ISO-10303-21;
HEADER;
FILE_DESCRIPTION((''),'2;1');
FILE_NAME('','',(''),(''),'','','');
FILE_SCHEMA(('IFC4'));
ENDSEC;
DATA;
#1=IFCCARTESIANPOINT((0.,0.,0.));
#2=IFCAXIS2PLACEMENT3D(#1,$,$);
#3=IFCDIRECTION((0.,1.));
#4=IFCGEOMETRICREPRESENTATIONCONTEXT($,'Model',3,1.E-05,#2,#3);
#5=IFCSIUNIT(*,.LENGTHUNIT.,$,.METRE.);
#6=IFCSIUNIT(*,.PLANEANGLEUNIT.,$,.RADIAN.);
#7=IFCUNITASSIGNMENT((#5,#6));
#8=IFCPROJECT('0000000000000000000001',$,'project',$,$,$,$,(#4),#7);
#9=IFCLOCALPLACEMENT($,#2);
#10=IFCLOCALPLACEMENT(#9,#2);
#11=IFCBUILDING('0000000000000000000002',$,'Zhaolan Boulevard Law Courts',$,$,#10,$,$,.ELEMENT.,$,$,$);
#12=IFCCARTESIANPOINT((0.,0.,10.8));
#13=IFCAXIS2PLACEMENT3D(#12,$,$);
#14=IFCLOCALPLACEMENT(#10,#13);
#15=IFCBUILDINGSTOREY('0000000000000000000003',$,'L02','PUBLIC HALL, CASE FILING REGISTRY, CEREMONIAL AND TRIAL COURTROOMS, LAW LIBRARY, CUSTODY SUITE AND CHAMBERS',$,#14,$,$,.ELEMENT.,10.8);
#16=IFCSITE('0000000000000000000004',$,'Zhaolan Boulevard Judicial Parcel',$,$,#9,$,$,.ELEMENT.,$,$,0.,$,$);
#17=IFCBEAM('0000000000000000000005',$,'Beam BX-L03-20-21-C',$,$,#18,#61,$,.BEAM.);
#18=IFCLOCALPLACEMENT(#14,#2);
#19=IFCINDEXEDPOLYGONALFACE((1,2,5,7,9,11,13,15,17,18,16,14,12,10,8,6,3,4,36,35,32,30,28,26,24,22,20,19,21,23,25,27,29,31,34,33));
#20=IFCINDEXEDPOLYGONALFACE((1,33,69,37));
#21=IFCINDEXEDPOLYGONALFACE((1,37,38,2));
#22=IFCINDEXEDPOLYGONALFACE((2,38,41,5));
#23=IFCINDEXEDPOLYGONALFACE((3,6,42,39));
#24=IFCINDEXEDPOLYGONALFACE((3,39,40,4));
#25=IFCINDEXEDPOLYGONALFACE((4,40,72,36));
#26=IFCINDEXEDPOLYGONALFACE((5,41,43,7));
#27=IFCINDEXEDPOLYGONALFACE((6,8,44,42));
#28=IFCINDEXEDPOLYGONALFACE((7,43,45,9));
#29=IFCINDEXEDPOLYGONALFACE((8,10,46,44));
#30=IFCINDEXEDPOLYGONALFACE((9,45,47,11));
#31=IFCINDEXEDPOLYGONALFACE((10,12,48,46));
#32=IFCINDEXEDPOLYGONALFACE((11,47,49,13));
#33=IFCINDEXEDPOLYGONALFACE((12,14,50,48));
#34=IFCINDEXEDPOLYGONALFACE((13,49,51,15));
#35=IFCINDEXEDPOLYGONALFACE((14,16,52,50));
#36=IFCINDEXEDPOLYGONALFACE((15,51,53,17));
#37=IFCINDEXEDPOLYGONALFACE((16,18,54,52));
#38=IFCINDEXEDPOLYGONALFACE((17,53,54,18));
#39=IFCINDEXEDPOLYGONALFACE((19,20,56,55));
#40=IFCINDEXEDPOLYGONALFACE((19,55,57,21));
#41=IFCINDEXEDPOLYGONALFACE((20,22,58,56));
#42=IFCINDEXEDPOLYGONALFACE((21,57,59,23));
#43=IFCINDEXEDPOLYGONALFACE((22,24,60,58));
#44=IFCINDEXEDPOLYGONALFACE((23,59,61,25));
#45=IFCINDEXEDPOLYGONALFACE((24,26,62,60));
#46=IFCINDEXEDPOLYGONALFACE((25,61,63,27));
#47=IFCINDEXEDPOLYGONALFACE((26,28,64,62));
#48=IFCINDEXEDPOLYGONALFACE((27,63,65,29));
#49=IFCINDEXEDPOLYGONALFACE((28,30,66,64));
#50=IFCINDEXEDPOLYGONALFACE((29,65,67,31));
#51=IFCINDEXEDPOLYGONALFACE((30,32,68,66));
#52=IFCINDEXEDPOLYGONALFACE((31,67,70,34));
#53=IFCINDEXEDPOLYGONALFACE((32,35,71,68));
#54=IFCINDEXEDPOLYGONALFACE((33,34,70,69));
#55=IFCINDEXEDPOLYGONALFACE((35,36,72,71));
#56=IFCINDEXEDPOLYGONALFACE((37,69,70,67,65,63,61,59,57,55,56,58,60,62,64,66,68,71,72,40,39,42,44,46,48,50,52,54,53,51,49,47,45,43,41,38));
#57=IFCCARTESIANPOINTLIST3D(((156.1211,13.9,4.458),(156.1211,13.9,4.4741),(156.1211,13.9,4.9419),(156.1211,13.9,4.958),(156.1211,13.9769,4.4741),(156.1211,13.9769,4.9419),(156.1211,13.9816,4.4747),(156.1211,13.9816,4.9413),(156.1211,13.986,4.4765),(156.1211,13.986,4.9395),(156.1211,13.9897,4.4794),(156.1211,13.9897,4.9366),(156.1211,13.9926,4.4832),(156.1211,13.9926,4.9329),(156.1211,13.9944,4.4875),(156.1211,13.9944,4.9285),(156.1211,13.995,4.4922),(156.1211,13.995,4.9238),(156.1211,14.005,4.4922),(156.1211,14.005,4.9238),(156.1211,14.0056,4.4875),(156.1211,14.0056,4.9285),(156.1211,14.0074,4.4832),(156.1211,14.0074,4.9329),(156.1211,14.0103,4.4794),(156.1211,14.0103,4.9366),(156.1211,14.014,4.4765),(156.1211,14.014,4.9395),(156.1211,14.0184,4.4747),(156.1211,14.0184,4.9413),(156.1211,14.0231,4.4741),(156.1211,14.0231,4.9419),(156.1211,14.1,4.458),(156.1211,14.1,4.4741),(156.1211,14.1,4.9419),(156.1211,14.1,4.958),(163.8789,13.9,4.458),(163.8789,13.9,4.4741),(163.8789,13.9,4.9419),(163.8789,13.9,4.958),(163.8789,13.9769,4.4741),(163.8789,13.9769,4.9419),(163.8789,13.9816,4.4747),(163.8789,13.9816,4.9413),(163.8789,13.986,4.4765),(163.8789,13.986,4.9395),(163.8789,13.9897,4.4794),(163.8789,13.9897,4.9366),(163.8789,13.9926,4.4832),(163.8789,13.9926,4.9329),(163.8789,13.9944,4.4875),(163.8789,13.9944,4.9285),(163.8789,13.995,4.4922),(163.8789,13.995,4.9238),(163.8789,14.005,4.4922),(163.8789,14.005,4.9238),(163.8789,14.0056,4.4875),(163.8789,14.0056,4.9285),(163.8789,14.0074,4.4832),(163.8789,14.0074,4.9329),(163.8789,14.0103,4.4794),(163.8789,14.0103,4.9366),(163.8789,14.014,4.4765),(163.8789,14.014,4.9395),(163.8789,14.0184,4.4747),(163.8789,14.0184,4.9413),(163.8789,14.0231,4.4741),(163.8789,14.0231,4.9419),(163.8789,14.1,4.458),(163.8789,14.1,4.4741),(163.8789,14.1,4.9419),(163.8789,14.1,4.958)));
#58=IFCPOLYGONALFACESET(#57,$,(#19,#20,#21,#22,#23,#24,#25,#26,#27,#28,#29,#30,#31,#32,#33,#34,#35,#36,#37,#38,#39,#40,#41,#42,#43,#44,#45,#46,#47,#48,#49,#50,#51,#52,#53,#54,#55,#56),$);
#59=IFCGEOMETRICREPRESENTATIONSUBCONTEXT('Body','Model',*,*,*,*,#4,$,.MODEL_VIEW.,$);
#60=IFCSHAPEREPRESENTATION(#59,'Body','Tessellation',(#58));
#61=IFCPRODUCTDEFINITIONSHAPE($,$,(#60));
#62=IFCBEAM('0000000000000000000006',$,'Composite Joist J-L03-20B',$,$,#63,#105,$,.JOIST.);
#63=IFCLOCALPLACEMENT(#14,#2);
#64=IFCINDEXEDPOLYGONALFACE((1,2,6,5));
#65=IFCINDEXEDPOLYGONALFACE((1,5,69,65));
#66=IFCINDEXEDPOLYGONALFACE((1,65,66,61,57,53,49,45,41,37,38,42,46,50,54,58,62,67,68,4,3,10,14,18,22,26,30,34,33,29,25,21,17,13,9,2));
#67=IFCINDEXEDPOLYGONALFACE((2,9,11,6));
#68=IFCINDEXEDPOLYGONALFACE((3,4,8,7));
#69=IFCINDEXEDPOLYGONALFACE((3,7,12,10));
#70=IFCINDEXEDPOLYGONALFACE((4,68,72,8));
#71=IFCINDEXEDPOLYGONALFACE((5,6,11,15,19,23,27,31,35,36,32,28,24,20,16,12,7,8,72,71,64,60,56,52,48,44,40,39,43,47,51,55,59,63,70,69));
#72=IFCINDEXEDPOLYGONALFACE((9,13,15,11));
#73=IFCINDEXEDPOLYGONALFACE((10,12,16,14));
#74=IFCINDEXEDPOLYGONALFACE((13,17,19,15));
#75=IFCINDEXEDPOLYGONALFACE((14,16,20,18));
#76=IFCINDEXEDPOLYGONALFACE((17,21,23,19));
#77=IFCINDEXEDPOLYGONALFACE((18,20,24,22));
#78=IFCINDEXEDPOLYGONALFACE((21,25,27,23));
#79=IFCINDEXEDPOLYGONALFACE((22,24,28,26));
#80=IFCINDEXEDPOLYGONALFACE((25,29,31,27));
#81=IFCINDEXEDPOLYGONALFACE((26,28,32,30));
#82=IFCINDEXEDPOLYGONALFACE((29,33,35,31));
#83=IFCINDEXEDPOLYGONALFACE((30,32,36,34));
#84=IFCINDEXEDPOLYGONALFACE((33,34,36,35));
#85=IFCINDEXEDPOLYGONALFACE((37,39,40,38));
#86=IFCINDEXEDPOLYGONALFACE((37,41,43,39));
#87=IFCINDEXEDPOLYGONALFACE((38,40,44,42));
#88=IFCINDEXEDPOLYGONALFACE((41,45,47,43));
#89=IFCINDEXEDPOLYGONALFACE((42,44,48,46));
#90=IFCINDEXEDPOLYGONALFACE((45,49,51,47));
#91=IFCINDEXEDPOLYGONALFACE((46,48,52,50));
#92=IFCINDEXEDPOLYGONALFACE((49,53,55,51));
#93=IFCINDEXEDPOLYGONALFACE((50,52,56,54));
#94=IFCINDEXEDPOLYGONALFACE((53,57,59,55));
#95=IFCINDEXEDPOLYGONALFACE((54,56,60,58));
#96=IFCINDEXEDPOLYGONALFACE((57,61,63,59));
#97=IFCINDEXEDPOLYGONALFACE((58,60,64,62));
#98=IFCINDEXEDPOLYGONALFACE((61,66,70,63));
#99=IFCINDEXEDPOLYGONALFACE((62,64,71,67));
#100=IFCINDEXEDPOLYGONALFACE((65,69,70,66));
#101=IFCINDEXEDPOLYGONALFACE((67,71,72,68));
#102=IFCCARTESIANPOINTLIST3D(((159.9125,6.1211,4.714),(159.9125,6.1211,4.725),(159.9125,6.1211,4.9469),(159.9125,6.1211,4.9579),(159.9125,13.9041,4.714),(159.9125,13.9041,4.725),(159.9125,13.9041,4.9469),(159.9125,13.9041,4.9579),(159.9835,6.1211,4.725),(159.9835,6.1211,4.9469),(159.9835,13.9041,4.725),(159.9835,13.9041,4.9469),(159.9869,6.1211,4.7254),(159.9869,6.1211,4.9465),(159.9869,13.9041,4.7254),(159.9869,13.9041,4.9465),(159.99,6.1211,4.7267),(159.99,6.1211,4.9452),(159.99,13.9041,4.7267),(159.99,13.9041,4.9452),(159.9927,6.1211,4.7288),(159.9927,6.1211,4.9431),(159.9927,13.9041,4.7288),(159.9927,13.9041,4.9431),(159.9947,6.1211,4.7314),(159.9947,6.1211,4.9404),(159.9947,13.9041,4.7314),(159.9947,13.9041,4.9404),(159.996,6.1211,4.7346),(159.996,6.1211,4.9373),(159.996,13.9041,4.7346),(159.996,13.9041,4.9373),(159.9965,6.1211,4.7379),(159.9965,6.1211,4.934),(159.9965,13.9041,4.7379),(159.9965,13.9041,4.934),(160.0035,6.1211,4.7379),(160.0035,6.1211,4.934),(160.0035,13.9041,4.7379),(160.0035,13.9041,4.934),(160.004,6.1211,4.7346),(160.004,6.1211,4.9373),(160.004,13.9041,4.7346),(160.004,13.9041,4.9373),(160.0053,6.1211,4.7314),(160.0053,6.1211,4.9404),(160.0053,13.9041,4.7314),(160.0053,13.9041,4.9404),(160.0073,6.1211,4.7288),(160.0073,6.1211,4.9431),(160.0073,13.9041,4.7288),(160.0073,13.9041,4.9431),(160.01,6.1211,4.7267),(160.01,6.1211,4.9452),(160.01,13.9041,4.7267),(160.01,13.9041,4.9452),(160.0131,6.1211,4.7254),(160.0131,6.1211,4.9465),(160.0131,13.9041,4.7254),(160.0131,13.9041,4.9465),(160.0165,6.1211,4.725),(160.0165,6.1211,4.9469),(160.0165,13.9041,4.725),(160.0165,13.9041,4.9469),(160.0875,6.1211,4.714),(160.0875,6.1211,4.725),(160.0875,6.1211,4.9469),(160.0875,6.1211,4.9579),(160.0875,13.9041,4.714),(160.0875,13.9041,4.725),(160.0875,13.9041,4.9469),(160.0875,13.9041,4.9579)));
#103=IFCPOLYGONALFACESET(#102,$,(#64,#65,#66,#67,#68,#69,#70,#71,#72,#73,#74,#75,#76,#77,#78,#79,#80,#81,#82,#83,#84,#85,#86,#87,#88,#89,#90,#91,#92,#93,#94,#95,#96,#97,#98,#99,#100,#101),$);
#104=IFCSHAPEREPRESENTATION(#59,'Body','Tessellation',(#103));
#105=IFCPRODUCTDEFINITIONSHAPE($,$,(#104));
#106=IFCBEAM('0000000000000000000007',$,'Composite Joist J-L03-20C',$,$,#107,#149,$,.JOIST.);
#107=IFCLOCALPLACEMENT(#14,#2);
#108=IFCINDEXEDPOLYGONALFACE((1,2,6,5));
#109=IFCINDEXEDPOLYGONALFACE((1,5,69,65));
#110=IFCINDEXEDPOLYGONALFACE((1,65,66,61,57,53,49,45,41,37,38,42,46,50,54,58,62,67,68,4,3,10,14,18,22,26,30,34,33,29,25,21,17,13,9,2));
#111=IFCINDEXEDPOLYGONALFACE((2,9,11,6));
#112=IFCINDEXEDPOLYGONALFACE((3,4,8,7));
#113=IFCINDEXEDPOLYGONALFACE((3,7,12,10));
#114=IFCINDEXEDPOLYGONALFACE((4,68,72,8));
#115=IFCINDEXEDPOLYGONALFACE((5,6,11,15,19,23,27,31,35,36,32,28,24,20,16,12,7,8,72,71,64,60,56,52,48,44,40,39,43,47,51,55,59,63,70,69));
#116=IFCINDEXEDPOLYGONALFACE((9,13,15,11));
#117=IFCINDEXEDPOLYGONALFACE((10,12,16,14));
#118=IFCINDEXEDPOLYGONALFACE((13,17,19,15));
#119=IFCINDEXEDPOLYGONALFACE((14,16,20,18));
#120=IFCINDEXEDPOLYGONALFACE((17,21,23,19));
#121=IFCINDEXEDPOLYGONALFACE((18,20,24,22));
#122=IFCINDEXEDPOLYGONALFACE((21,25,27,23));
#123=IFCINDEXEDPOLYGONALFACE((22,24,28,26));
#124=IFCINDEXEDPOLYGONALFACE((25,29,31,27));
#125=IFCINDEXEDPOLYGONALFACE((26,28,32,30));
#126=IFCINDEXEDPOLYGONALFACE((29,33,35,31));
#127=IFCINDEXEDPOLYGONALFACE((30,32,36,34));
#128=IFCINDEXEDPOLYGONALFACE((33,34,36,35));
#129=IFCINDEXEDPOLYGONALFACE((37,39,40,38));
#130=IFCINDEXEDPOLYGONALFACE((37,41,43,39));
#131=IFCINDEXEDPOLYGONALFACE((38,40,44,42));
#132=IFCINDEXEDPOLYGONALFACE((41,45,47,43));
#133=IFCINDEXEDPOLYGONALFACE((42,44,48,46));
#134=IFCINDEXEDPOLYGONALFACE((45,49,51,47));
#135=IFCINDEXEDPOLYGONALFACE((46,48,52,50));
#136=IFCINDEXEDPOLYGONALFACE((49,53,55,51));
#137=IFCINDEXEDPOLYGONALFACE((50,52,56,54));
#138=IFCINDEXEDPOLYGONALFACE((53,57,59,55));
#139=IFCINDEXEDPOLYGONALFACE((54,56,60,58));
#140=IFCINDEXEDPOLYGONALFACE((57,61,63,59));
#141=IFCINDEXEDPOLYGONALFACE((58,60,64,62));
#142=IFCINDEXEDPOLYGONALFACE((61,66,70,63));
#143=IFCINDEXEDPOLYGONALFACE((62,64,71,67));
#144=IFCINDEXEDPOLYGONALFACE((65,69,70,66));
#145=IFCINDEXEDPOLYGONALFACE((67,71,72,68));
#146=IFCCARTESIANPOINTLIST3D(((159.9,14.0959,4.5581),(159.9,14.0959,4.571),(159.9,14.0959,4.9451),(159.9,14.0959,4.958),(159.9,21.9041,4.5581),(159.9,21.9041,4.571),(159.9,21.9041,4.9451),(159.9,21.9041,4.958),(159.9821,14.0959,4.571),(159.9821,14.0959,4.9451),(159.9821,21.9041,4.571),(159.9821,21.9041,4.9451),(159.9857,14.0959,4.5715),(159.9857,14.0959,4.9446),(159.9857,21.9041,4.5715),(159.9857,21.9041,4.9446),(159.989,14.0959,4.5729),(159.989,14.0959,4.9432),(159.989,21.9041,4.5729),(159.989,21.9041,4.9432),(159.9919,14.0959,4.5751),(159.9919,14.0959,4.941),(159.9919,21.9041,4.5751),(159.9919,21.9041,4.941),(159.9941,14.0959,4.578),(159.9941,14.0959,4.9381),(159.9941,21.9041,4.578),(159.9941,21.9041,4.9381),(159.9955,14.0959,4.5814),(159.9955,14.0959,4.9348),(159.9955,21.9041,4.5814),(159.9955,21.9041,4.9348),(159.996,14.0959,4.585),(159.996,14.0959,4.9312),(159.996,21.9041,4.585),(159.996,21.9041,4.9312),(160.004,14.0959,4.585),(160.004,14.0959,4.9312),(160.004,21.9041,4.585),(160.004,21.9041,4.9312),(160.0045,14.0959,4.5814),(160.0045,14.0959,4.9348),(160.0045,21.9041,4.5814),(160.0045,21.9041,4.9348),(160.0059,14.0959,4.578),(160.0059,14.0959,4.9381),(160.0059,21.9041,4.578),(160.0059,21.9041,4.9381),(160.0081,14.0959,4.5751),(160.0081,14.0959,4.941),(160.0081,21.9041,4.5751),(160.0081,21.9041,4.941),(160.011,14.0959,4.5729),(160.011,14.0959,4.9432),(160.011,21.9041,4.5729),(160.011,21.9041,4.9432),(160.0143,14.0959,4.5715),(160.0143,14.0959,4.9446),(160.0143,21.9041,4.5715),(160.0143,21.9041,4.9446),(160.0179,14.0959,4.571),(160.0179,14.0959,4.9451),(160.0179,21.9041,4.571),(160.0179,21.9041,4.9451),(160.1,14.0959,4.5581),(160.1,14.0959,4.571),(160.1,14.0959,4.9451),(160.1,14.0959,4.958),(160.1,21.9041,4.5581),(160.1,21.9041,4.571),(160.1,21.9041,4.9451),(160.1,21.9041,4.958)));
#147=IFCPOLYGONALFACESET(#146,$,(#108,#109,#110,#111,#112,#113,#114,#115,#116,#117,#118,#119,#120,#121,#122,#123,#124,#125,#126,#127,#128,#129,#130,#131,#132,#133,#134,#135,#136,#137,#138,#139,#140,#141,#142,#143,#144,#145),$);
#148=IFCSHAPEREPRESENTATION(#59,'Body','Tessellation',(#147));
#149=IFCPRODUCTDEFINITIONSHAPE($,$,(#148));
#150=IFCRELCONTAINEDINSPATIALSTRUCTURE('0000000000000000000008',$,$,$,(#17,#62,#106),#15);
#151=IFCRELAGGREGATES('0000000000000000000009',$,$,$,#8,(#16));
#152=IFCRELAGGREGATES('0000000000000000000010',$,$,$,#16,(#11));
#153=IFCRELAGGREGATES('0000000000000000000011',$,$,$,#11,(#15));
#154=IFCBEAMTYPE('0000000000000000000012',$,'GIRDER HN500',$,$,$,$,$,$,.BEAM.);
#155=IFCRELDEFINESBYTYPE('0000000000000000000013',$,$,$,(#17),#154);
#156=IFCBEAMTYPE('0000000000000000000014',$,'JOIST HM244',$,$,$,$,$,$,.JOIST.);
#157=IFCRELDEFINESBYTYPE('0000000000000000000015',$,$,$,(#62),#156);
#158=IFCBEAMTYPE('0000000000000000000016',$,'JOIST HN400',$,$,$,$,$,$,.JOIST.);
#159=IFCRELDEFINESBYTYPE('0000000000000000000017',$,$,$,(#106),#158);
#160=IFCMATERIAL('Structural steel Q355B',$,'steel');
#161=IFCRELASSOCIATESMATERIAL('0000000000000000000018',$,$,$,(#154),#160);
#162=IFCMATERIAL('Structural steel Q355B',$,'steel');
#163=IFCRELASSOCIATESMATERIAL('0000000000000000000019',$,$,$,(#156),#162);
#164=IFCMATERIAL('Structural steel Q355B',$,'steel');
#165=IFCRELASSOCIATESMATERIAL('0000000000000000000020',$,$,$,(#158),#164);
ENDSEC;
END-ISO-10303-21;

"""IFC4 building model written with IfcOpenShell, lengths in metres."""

from ifc_helpers import new_model, si_unit, direction, frame, origin, origin_2d, place, context, subcontext, project, spatial, i_section, extrude, material, material_profile, profile_set, type_object, element, save


model = new_model("IFC4")

# Units and contexts
model_context = context("Model", 3, precision=1e-05, world=origin(), true_north=direction((0.0, 1.0)))
body_context = subcontext(model_context, "Body", "Model", "MODEL_VIEW")
ifc_project = project(units=[si_unit("LENGTHUNIT", "METRE"), si_unit("PLANEANGLEUNIT", "RADIAN")], contexts=[model_context])

# Site, building, storey
site_placement = place(None, origin())
site = spatial("IfcSite", under=ifc_project, at=site_placement, Name="Zhaolan Boulevard Judicial Parcel", CompositionType="ELEMENT", RefElevation=0.0)
building_placement = place(site_placement, origin())
building = spatial("IfcBuilding", under=site, at=building_placement, Name="Zhaolan Boulevard Law Courts", CompositionType="ELEMENT")
storey_placement = place(building_placement, frame((0.0, 0.0, 10.8)))
storey = spatial("IfcBuildingStorey", under=building, at=storey_placement, Name="L02", Description="PUBLIC HALL, CASE FILING REGISTRY, CEREMONIAL AND TRIAL COURTROOMS, LAW LIBRARY, CUSTODY SUITE AND CHAMBERS", CompositionType="ELEMENT", Elevation=10.8)

# Beams
ifc_material_1 = material(Name="Structural steel Q355B", Category="steel")
ifc_material_profile_1 = material_profile(ifc_material_1, i_section(OverallWidth=0.2, OverallDepth=0.5, WebThickness=0.01, FlangeThickness=0.0161, FilletRadius=0.0181, at=origin_2d()), Name="HN500x200")
ifc_profile_set_1 = profile_set([ifc_material_profile_1], Name="Structural steel Q355B")
beam_type_1 = type_object("IfcBeamType", Name="GIRDER HN500", PredefinedType="BEAM", material=ifc_profile_set_1)
beam_1_placement = place(storey_placement, frame((156.1211, 14.0, 4.708), z_axis=(1.0, 0.0, 0.0), x_axis=(0.0, 1.0, 0.0)))
element("IfcBeam", 1, at=beam_1_placement, inside=storey, type_object=beam_type_1, Name="Beam BX-L03-20-21-C", PredefinedType="BEAM", context=body_context, shape_type="SweptSolid", body=[
    extrude(i_section(OverallWidth=0.2, OverallDepth=0.5, WebThickness=0.01, FlangeThickness=0.0161, FilletRadius=0.0181, at=origin_2d()), origin(), (0.0, 0.0, 1.0), 7.7578),
])
ifc_material_2 = material(Name="Structural steel Q355B", Category="steel")
ifc_material_profile_2 = material_profile(ifc_material_2, i_section(OverallWidth=0.175, OverallDepth=0.2439, WebThickness=0.0071, FlangeThickness=0.011, FilletRadius=0.0129, at=origin_2d()), Name="HM244x175")
ifc_profile_set_2 = profile_set([ifc_material_profile_2], Name="Structural steel Q355B")
beam_type_2 = type_object("IfcBeamType", Name="JOIST HM244", PredefinedType="JOIST", material=ifc_profile_set_2)
beam_2_placement = place(storey_placement, frame((160.0, 6.1211, 4.8359), z_axis=(0.0, 1.0, 0.0), x_axis=(-1.0, 0.0, 0.0)))
element("IfcBeam", 2, at=beam_2_placement, inside=storey, type_object=beam_type_2, Name="Composite Joist J-L03-20B", PredefinedType="JOIST", context=body_context, shape_type="SweptSolid", body=[
    extrude(i_section(OverallWidth=0.175, OverallDepth=0.2439, WebThickness=0.0071, FlangeThickness=0.011, FilletRadius=0.0129, at=origin_2d()), origin(), (0.0, 0.0, 1.0), 7.783),
])
ifc_material_3 = material(Name="Structural steel Q355B", Category="steel")
ifc_material_profile_3 = material_profile(ifc_material_3, i_section(OverallWidth=0.2, OverallDepth=0.3999, WebThickness=0.0081, FlangeThickness=0.0129, FilletRadius=0.0139, at=origin_2d()), Name="HN400x200")
ifc_profile_set_3 = profile_set([ifc_material_profile_3], Name="Structural steel Q355B")
beam_type_3 = type_object("IfcBeamType", Name="JOIST HN400", PredefinedType="JOIST", material=ifc_profile_set_3)
beam_3_placement = place(storey_placement, frame((160.0, 14.0959, 4.7581), z_axis=(0.0, 1.0, 0.0), x_axis=(-1.0, 0.0, 0.0)))
element("IfcBeam", 3, at=beam_3_placement, inside=storey, type_object=beam_type_3, Name="Composite Joist J-L03-20C", PredefinedType="JOIST", context=body_context, shape_type="SweptSolid", body=[
    extrude(i_section(OverallWidth=0.2, OverallDepth=0.3999, WebThickness=0.0081, FlangeThickness=0.0129, FilletRadius=0.0139, at=origin_2d()), origin(), (0.0, 0.0, 1.0), 7.8081),
])

save(model, "model.ifc")
